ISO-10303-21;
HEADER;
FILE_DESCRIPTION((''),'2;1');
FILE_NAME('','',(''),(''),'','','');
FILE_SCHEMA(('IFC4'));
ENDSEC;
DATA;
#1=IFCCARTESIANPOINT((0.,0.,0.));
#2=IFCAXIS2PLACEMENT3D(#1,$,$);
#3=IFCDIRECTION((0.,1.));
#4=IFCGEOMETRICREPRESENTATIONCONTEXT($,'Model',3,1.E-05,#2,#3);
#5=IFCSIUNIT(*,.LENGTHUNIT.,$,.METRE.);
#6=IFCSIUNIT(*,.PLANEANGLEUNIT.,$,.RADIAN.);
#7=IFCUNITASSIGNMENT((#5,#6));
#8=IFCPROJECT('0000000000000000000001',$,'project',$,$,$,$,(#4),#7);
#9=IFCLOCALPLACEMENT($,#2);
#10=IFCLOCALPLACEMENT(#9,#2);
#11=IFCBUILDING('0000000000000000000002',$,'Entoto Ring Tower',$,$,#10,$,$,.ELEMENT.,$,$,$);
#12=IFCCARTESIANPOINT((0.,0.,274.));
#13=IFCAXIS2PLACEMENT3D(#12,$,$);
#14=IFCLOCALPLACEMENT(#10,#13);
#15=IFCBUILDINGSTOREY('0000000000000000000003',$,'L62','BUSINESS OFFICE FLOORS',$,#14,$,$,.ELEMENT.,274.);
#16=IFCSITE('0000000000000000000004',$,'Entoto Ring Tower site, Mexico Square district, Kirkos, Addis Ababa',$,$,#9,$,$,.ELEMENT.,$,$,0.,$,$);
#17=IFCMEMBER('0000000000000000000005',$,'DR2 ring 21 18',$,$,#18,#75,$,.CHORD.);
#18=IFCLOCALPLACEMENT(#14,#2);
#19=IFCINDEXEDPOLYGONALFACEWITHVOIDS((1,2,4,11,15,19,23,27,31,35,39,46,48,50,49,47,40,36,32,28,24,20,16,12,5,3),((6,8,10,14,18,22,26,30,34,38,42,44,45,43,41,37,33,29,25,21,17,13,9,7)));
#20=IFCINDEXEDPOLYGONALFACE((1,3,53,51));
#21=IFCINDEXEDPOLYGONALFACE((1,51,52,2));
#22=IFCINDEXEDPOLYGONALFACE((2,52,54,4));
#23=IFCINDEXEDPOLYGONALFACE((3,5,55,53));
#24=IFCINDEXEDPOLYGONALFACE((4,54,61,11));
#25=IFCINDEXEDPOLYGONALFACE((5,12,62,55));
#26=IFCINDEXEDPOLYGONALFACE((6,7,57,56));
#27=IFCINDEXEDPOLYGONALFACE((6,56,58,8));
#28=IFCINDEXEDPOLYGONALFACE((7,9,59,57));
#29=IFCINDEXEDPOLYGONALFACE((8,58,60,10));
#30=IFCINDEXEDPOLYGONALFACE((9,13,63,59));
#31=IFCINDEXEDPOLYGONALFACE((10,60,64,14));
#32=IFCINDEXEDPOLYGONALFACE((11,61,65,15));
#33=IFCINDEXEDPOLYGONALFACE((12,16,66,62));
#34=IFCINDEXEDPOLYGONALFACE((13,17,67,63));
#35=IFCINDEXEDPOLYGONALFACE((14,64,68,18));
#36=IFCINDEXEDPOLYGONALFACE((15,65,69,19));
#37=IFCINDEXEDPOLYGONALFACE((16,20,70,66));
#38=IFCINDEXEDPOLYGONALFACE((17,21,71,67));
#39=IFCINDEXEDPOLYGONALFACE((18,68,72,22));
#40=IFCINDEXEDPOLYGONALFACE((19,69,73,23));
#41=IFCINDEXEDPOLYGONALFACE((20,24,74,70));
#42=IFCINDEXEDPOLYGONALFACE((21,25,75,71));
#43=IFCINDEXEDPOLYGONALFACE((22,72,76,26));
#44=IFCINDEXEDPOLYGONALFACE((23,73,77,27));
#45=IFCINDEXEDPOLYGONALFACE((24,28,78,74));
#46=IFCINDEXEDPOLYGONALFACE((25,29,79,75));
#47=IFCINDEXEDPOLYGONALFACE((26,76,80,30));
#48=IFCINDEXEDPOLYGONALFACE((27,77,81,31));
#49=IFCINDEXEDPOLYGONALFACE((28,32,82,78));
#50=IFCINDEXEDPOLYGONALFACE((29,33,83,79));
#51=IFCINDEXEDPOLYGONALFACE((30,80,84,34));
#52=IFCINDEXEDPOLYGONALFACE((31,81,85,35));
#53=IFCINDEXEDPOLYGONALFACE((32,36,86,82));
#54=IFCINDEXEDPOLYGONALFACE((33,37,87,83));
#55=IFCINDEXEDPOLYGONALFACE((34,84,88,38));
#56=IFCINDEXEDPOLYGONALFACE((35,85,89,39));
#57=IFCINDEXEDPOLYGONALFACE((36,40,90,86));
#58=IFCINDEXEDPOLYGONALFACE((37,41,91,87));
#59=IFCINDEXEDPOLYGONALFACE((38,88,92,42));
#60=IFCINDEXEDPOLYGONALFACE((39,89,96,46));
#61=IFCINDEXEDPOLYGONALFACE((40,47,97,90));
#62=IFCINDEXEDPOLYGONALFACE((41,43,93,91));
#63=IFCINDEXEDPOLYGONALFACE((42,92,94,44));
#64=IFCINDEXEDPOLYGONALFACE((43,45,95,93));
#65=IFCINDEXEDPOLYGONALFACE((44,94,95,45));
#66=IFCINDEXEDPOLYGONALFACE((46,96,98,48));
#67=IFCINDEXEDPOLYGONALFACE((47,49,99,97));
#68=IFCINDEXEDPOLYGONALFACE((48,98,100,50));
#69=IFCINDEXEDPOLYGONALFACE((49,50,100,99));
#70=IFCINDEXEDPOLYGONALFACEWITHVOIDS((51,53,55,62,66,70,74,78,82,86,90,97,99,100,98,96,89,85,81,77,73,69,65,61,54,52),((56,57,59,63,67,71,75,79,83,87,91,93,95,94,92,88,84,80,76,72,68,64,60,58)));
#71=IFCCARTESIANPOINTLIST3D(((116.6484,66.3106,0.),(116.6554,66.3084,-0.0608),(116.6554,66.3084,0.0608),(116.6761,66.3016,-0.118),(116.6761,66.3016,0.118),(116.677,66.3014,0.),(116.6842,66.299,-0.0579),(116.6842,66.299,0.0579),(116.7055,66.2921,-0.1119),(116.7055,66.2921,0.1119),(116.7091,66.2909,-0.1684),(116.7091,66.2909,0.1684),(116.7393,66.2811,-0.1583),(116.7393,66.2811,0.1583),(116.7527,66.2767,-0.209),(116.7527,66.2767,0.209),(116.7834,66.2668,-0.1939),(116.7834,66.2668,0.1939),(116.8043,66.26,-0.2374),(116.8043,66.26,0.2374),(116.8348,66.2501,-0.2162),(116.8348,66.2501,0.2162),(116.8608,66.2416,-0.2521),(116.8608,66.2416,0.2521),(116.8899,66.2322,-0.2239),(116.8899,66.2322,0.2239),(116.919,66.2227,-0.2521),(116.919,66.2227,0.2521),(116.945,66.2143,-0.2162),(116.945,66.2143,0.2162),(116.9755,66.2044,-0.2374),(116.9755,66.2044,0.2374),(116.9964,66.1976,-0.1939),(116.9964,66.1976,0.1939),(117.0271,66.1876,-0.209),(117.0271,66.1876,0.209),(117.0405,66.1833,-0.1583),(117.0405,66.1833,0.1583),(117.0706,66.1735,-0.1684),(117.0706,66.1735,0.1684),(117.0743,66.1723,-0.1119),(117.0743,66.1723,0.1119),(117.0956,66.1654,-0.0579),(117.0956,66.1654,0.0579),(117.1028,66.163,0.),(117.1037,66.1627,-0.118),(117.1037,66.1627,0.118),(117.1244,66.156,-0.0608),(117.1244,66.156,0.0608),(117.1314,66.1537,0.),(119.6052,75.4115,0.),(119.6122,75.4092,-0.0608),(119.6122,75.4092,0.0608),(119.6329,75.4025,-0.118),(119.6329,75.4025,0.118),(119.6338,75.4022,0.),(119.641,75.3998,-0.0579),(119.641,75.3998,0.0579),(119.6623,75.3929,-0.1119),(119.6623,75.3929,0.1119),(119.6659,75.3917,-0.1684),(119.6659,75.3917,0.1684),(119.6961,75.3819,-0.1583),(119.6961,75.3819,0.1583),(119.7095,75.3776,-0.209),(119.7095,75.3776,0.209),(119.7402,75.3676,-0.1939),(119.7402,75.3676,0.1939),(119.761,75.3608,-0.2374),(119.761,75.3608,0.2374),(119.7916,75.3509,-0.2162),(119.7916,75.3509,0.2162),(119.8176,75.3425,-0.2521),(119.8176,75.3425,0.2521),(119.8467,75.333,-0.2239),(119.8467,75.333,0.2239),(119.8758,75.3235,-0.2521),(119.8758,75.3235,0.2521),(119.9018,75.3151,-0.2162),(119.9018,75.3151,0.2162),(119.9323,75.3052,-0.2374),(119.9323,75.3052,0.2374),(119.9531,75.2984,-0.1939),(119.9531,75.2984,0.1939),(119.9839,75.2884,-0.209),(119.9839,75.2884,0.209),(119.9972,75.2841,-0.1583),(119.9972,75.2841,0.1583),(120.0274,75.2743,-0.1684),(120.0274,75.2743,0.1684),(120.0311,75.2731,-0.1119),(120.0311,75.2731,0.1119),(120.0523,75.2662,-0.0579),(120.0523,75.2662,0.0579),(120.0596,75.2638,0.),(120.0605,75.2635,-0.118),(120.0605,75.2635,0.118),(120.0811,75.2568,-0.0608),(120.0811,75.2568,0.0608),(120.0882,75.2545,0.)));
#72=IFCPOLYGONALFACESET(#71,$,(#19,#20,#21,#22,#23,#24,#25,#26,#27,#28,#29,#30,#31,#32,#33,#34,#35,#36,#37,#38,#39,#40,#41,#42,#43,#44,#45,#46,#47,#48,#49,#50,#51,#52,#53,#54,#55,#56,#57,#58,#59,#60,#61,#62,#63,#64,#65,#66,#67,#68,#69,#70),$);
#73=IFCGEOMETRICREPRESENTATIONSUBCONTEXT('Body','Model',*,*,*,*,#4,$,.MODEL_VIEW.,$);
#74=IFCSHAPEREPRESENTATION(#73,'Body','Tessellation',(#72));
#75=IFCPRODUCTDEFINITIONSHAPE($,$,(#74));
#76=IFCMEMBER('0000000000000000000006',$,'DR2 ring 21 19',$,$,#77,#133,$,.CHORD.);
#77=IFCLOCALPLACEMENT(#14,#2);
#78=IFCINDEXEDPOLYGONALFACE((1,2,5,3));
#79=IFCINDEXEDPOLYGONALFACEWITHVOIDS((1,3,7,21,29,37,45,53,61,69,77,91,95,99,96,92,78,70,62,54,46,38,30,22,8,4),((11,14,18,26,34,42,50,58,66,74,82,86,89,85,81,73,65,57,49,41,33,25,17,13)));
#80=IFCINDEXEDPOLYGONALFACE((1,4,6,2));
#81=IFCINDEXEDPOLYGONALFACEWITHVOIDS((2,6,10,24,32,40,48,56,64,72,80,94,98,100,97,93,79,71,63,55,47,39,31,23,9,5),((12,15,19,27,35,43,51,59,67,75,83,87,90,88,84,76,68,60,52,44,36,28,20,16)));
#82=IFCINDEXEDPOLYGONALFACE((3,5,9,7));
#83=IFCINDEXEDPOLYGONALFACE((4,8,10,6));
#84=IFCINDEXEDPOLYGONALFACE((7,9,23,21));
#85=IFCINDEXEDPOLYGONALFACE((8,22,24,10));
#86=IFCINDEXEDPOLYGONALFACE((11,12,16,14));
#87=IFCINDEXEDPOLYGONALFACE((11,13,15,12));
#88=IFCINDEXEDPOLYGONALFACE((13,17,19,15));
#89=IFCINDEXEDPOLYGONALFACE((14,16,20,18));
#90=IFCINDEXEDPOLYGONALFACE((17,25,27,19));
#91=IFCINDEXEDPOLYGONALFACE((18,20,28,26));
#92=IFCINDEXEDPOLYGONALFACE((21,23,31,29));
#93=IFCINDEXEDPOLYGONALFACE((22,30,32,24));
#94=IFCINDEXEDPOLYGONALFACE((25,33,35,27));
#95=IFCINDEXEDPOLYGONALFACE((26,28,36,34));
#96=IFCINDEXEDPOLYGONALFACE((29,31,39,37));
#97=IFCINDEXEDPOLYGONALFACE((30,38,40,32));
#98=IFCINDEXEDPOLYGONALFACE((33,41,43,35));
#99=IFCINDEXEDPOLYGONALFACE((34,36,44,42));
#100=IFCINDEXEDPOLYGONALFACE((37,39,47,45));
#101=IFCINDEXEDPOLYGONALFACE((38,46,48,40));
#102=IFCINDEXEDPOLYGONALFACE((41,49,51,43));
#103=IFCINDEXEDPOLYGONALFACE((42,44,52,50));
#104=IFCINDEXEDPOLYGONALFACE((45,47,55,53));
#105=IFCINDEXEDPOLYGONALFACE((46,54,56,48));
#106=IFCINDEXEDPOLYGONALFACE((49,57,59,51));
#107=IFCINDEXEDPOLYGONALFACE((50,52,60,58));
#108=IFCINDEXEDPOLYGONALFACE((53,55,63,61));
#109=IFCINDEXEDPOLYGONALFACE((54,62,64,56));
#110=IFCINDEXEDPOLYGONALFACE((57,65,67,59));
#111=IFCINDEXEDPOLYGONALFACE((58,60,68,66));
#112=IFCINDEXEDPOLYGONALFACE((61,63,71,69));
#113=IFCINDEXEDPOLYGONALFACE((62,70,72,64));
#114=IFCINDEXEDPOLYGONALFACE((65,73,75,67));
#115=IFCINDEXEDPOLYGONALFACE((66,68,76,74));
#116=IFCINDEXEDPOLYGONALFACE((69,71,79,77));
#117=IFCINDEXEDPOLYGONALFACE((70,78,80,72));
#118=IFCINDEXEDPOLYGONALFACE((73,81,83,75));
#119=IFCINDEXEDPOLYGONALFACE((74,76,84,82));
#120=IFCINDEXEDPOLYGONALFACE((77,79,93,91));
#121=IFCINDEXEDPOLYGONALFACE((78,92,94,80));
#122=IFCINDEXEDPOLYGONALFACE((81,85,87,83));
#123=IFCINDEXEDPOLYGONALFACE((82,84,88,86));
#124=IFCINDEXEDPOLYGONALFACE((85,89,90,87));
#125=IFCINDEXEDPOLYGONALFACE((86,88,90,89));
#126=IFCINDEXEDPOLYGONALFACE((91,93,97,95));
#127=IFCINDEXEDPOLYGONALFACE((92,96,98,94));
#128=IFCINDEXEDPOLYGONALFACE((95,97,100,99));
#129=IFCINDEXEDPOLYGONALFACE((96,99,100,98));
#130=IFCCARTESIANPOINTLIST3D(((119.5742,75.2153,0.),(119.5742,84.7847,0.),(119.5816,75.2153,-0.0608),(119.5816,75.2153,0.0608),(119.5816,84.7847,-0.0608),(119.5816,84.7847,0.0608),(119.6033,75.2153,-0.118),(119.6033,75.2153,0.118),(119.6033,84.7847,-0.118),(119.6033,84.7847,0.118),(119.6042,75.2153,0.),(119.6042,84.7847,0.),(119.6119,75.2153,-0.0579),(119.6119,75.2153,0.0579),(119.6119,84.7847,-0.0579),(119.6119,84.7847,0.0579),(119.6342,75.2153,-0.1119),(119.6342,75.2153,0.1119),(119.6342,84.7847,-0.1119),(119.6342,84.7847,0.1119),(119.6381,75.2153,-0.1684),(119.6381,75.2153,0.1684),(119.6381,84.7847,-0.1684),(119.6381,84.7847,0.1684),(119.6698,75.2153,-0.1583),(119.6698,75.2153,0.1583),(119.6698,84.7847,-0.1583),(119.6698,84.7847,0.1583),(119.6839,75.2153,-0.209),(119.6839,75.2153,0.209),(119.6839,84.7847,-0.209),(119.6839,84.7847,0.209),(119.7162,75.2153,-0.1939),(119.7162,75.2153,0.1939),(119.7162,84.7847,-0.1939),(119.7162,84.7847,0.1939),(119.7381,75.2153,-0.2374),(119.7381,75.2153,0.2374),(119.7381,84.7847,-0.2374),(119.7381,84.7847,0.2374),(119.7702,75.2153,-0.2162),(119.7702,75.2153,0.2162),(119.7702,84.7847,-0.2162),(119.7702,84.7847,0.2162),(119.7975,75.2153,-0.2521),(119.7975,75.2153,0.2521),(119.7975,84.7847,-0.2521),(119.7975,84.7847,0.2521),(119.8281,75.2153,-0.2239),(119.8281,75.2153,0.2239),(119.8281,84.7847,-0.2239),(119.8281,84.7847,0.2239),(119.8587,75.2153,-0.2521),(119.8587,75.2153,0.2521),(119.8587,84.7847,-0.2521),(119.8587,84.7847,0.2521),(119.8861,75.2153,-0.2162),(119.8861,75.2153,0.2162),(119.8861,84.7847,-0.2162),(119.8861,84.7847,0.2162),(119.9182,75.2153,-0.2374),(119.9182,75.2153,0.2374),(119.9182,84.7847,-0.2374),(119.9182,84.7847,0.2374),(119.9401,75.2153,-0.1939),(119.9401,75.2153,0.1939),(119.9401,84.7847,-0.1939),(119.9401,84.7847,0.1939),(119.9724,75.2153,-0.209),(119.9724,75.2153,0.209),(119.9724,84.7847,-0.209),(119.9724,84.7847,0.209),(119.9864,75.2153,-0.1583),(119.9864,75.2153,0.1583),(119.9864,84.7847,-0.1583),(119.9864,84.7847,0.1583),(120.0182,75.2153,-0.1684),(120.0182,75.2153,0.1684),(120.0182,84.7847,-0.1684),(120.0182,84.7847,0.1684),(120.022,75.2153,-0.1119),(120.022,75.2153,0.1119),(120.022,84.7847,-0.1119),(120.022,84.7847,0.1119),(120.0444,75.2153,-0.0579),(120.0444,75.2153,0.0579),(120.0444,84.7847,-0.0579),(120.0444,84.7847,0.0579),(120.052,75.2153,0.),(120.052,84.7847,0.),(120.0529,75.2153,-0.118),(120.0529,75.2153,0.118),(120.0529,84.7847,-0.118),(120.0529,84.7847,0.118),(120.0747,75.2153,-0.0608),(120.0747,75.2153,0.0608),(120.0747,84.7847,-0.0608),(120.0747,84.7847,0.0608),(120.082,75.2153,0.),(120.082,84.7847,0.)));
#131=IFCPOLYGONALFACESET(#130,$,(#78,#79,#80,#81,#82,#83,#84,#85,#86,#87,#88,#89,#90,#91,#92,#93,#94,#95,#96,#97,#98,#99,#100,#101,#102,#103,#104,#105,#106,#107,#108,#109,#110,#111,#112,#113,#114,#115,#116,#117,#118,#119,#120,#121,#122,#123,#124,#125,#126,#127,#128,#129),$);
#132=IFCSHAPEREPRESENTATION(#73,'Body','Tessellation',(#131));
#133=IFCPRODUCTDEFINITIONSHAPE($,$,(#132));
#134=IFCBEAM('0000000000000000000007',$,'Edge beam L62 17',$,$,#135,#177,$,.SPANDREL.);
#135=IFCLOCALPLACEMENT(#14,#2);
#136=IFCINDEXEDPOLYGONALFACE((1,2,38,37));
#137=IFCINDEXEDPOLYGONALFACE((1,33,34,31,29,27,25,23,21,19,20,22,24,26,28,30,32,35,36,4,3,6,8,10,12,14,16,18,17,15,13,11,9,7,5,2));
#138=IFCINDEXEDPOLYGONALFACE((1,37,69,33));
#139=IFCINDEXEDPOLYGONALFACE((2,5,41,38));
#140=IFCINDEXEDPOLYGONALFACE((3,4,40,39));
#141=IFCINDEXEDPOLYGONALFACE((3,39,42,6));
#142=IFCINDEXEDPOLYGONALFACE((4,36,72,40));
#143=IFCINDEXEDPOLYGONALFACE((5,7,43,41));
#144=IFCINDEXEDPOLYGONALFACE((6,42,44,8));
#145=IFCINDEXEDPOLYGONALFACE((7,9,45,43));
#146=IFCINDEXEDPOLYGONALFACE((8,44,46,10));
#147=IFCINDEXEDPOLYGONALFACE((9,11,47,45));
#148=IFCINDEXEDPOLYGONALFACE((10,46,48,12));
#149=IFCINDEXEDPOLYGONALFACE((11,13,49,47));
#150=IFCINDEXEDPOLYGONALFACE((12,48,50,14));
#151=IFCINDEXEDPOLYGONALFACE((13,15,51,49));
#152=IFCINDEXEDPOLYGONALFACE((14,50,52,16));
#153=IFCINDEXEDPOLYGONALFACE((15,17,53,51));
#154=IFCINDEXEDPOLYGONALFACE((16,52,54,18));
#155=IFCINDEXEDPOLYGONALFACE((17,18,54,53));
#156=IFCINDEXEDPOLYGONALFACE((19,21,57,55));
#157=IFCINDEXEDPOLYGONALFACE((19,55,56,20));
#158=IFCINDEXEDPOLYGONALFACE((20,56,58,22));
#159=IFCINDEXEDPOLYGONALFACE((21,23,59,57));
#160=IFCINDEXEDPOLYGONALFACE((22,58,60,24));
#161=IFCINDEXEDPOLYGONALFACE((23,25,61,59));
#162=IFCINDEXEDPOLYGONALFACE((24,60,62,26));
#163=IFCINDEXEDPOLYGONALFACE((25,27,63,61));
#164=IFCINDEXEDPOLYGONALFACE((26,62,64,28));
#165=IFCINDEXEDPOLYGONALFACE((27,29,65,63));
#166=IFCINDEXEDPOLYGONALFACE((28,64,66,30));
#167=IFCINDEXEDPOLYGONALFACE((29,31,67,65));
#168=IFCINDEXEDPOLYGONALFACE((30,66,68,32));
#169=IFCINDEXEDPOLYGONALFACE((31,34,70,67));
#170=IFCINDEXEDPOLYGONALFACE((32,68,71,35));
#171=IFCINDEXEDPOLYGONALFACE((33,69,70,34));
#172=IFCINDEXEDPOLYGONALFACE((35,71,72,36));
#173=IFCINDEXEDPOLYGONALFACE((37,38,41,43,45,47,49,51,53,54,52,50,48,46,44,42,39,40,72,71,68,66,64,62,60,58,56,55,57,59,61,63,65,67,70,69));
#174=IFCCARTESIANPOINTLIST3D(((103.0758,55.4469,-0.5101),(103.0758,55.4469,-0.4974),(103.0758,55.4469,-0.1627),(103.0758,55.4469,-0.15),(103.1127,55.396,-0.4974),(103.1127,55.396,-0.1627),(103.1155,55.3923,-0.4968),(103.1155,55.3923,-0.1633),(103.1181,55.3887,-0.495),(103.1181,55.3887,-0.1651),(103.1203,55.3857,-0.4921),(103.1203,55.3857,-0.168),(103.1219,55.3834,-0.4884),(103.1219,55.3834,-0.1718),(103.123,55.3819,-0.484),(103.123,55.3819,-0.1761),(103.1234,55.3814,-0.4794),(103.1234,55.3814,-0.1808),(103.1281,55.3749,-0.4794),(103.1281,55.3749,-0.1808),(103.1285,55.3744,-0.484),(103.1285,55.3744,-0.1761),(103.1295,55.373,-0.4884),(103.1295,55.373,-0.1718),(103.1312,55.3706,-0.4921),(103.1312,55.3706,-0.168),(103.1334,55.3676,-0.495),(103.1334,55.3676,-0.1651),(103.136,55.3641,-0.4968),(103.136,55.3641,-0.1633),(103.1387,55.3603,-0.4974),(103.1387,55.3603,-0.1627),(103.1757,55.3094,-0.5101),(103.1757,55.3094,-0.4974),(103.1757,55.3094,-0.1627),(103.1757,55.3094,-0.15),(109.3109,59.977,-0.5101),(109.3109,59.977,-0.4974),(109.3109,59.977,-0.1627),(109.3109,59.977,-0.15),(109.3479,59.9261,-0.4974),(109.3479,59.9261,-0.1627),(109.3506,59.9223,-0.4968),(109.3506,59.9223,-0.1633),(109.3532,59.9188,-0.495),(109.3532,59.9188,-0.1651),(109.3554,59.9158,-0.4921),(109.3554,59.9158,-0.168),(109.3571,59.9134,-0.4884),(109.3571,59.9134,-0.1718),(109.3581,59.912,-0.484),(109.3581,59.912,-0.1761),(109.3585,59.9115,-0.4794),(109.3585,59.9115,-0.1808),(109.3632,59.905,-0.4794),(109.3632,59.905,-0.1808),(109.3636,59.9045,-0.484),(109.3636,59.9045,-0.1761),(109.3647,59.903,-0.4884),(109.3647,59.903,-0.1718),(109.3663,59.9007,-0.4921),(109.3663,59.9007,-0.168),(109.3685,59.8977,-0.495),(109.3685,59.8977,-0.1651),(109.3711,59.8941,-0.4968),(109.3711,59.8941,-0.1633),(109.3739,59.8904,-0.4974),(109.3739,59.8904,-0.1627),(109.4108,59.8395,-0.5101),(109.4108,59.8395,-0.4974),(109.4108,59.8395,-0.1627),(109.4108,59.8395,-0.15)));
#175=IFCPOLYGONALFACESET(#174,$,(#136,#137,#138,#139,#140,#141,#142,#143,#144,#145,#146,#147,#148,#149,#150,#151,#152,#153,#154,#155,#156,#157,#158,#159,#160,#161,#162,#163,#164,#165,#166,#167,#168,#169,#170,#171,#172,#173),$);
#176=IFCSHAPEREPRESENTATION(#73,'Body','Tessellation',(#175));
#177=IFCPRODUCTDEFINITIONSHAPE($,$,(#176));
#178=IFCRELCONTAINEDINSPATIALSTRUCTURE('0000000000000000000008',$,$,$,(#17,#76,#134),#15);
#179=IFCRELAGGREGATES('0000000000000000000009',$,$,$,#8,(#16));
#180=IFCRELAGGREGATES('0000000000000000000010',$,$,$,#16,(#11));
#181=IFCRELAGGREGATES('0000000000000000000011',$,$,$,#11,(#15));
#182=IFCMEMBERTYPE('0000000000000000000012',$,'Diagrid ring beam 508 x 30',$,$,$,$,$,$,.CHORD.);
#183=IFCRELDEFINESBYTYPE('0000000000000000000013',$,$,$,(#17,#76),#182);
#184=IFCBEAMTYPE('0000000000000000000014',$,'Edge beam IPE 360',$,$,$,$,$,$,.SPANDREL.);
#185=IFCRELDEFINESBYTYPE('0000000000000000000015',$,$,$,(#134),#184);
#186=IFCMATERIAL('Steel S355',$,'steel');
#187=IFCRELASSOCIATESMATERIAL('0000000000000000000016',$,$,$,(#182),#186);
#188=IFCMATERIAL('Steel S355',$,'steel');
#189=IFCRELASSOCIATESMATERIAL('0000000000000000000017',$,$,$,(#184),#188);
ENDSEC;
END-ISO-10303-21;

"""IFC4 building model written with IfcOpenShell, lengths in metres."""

from ifc_helpers import new_model, si_unit, direction, frame, origin, origin_2d, place, context, subcontext, project, spatial, circle, hollow_circle, i_section, extrude, material, material_profile, profile_set, type_object, element, save


model = new_model("IFC4")

# Units and contexts
model_context = context("Model", 3, precision=1e-05, world=origin(), true_north=direction((0.0, 1.0)))
body_context = subcontext(model_context, "Body", "Model", "MODEL_VIEW")
ifc_project = project(units=[si_unit("LENGTHUNIT", "METRE"), si_unit("PLANEANGLEUNIT", "RADIAN")], contexts=[model_context])

# Site, building, storey
site_placement = place(None, origin())
site = spatial("IfcSite", under=ifc_project, at=site_placement, Name="Entoto Ring Tower site, Mexico Square district, Kirkos, Addis Ababa", CompositionType="ELEMENT", RefElevation=0.0)
building_placement = place(site_placement, origin())
building = spatial("IfcBuilding", under=site, at=building_placement, Name="Entoto Ring Tower", CompositionType="ELEMENT")
storey_placement = place(building_placement, frame((0.0, 0.0, 274.0)))
storey = spatial("IfcBuildingStorey", under=building, at=storey_placement, Name="L62", Description="BUSINESS OFFICE FLOORS", CompositionType="ELEMENT", Elevation=274.0)

# Members
ifc_material_1 = material(Name="Steel S355", Category="steel")
ifc_material_profile_1 = material_profile(ifc_material_1, hollow_circle(Radius=0.2539, WallThickness=0.03, at=origin_2d()), Name="CHS 508 x 30")
ifc_material_2 = material(Name="Concrete C60/75", Category="concrete")
ifc_material_profile_2 = material_profile(ifc_material_2, circle(Radius=0.2241, at=origin_2d()), Name="Concrete C60/75 infill")
ifc_profile_set_1 = profile_set([ifc_material_profile_1, ifc_material_profile_2], Name="Steel S355")
member_type_1 = type_object("IfcMemberType", Name="Diagrid ring beam 508 x 30", PredefinedType="CHORD", material=ifc_profile_set_1)
for number, where, z_axis, x_axis, name in (
    (1, (116.8899, 66.2322, 0.0), (0.308993, 0.951064, 0.0), (-0.951064, 0.308993, 0.0), "DR2 ring 21 18"),
):
    element("IfcMember", number, at=place(storey_placement, frame(where, z_axis=z_axis, x_axis=x_axis)), inside=storey, type_object=member_type_1, Name=name, PredefinedType="CHORD", context=body_context, shape_type="SweptSolid", body=[
        extrude(hollow_circle(Radius=0.2539, WallThickness=0.03, at=origin_2d()), origin(), (0.0, 0.0, 1.0), 9.5691),
    ])
member_placement = place(storey_placement, frame((119.8281, 75.2153, 0.0), z_axis=(0.0, 1.0, 0.0), x_axis=(-1.0, 0.0, 0.0)))
element("IfcMember", 2, at=member_placement, inside=storey, type_object=member_type_1, Name="DR2 ring 21 19", PredefinedType="CHORD", context=body_context, shape_type="SweptSolid", body=[
    extrude(hollow_circle(Radius=0.2539, WallThickness=0.03, at=origin_2d()), origin(), (0.0, 0.0, 1.0), 9.5693),
])

# Beam
ifc_material_3 = material(Name="Steel S355", Category="steel")
ifc_material_profile_3 = material_profile(ifc_material_3, i_section(OverallWidth=0.1699, OverallDepth=0.3601, WebThickness=0.0081, FlangeThickness=0.0127, FilletRadius=0.0181, at=origin_2d()), Name="IPE 360")
ifc_profile_set_2 = profile_set([ifc_material_profile_3], Name="Steel S355")
beam_type_1 = type_object("IfcBeamType", Name="Edge beam IPE 360", PredefinedType="SPANDREL", material=ifc_profile_set_2)
for number, where, z_axis, x_axis, name in (
    (3, (103.1257, 55.3782, -0.3301), (0.80902, 0.587782, 0.0), (-0.587782, 0.80902, 0.0), "Edge beam L62 17"),
):
    element("IfcBeam", number, at=place(storey_placement, frame(where, z_axis=z_axis, x_axis=x_axis)), inside=storey, type_object=beam_type_1, Name=name, PredefinedType="SPANDREL", context=body_context, shape_type="SweptSolid", body=[
        extrude(i_section(OverallWidth=0.1699, OverallDepth=0.3601, WebThickness=0.0081, FlangeThickness=0.0127, FilletRadius=0.0181, at=origin_2d()), origin(), (0.0, 0.0, 1.0), 7.707),
    ])

save(model, "model.ifc")
